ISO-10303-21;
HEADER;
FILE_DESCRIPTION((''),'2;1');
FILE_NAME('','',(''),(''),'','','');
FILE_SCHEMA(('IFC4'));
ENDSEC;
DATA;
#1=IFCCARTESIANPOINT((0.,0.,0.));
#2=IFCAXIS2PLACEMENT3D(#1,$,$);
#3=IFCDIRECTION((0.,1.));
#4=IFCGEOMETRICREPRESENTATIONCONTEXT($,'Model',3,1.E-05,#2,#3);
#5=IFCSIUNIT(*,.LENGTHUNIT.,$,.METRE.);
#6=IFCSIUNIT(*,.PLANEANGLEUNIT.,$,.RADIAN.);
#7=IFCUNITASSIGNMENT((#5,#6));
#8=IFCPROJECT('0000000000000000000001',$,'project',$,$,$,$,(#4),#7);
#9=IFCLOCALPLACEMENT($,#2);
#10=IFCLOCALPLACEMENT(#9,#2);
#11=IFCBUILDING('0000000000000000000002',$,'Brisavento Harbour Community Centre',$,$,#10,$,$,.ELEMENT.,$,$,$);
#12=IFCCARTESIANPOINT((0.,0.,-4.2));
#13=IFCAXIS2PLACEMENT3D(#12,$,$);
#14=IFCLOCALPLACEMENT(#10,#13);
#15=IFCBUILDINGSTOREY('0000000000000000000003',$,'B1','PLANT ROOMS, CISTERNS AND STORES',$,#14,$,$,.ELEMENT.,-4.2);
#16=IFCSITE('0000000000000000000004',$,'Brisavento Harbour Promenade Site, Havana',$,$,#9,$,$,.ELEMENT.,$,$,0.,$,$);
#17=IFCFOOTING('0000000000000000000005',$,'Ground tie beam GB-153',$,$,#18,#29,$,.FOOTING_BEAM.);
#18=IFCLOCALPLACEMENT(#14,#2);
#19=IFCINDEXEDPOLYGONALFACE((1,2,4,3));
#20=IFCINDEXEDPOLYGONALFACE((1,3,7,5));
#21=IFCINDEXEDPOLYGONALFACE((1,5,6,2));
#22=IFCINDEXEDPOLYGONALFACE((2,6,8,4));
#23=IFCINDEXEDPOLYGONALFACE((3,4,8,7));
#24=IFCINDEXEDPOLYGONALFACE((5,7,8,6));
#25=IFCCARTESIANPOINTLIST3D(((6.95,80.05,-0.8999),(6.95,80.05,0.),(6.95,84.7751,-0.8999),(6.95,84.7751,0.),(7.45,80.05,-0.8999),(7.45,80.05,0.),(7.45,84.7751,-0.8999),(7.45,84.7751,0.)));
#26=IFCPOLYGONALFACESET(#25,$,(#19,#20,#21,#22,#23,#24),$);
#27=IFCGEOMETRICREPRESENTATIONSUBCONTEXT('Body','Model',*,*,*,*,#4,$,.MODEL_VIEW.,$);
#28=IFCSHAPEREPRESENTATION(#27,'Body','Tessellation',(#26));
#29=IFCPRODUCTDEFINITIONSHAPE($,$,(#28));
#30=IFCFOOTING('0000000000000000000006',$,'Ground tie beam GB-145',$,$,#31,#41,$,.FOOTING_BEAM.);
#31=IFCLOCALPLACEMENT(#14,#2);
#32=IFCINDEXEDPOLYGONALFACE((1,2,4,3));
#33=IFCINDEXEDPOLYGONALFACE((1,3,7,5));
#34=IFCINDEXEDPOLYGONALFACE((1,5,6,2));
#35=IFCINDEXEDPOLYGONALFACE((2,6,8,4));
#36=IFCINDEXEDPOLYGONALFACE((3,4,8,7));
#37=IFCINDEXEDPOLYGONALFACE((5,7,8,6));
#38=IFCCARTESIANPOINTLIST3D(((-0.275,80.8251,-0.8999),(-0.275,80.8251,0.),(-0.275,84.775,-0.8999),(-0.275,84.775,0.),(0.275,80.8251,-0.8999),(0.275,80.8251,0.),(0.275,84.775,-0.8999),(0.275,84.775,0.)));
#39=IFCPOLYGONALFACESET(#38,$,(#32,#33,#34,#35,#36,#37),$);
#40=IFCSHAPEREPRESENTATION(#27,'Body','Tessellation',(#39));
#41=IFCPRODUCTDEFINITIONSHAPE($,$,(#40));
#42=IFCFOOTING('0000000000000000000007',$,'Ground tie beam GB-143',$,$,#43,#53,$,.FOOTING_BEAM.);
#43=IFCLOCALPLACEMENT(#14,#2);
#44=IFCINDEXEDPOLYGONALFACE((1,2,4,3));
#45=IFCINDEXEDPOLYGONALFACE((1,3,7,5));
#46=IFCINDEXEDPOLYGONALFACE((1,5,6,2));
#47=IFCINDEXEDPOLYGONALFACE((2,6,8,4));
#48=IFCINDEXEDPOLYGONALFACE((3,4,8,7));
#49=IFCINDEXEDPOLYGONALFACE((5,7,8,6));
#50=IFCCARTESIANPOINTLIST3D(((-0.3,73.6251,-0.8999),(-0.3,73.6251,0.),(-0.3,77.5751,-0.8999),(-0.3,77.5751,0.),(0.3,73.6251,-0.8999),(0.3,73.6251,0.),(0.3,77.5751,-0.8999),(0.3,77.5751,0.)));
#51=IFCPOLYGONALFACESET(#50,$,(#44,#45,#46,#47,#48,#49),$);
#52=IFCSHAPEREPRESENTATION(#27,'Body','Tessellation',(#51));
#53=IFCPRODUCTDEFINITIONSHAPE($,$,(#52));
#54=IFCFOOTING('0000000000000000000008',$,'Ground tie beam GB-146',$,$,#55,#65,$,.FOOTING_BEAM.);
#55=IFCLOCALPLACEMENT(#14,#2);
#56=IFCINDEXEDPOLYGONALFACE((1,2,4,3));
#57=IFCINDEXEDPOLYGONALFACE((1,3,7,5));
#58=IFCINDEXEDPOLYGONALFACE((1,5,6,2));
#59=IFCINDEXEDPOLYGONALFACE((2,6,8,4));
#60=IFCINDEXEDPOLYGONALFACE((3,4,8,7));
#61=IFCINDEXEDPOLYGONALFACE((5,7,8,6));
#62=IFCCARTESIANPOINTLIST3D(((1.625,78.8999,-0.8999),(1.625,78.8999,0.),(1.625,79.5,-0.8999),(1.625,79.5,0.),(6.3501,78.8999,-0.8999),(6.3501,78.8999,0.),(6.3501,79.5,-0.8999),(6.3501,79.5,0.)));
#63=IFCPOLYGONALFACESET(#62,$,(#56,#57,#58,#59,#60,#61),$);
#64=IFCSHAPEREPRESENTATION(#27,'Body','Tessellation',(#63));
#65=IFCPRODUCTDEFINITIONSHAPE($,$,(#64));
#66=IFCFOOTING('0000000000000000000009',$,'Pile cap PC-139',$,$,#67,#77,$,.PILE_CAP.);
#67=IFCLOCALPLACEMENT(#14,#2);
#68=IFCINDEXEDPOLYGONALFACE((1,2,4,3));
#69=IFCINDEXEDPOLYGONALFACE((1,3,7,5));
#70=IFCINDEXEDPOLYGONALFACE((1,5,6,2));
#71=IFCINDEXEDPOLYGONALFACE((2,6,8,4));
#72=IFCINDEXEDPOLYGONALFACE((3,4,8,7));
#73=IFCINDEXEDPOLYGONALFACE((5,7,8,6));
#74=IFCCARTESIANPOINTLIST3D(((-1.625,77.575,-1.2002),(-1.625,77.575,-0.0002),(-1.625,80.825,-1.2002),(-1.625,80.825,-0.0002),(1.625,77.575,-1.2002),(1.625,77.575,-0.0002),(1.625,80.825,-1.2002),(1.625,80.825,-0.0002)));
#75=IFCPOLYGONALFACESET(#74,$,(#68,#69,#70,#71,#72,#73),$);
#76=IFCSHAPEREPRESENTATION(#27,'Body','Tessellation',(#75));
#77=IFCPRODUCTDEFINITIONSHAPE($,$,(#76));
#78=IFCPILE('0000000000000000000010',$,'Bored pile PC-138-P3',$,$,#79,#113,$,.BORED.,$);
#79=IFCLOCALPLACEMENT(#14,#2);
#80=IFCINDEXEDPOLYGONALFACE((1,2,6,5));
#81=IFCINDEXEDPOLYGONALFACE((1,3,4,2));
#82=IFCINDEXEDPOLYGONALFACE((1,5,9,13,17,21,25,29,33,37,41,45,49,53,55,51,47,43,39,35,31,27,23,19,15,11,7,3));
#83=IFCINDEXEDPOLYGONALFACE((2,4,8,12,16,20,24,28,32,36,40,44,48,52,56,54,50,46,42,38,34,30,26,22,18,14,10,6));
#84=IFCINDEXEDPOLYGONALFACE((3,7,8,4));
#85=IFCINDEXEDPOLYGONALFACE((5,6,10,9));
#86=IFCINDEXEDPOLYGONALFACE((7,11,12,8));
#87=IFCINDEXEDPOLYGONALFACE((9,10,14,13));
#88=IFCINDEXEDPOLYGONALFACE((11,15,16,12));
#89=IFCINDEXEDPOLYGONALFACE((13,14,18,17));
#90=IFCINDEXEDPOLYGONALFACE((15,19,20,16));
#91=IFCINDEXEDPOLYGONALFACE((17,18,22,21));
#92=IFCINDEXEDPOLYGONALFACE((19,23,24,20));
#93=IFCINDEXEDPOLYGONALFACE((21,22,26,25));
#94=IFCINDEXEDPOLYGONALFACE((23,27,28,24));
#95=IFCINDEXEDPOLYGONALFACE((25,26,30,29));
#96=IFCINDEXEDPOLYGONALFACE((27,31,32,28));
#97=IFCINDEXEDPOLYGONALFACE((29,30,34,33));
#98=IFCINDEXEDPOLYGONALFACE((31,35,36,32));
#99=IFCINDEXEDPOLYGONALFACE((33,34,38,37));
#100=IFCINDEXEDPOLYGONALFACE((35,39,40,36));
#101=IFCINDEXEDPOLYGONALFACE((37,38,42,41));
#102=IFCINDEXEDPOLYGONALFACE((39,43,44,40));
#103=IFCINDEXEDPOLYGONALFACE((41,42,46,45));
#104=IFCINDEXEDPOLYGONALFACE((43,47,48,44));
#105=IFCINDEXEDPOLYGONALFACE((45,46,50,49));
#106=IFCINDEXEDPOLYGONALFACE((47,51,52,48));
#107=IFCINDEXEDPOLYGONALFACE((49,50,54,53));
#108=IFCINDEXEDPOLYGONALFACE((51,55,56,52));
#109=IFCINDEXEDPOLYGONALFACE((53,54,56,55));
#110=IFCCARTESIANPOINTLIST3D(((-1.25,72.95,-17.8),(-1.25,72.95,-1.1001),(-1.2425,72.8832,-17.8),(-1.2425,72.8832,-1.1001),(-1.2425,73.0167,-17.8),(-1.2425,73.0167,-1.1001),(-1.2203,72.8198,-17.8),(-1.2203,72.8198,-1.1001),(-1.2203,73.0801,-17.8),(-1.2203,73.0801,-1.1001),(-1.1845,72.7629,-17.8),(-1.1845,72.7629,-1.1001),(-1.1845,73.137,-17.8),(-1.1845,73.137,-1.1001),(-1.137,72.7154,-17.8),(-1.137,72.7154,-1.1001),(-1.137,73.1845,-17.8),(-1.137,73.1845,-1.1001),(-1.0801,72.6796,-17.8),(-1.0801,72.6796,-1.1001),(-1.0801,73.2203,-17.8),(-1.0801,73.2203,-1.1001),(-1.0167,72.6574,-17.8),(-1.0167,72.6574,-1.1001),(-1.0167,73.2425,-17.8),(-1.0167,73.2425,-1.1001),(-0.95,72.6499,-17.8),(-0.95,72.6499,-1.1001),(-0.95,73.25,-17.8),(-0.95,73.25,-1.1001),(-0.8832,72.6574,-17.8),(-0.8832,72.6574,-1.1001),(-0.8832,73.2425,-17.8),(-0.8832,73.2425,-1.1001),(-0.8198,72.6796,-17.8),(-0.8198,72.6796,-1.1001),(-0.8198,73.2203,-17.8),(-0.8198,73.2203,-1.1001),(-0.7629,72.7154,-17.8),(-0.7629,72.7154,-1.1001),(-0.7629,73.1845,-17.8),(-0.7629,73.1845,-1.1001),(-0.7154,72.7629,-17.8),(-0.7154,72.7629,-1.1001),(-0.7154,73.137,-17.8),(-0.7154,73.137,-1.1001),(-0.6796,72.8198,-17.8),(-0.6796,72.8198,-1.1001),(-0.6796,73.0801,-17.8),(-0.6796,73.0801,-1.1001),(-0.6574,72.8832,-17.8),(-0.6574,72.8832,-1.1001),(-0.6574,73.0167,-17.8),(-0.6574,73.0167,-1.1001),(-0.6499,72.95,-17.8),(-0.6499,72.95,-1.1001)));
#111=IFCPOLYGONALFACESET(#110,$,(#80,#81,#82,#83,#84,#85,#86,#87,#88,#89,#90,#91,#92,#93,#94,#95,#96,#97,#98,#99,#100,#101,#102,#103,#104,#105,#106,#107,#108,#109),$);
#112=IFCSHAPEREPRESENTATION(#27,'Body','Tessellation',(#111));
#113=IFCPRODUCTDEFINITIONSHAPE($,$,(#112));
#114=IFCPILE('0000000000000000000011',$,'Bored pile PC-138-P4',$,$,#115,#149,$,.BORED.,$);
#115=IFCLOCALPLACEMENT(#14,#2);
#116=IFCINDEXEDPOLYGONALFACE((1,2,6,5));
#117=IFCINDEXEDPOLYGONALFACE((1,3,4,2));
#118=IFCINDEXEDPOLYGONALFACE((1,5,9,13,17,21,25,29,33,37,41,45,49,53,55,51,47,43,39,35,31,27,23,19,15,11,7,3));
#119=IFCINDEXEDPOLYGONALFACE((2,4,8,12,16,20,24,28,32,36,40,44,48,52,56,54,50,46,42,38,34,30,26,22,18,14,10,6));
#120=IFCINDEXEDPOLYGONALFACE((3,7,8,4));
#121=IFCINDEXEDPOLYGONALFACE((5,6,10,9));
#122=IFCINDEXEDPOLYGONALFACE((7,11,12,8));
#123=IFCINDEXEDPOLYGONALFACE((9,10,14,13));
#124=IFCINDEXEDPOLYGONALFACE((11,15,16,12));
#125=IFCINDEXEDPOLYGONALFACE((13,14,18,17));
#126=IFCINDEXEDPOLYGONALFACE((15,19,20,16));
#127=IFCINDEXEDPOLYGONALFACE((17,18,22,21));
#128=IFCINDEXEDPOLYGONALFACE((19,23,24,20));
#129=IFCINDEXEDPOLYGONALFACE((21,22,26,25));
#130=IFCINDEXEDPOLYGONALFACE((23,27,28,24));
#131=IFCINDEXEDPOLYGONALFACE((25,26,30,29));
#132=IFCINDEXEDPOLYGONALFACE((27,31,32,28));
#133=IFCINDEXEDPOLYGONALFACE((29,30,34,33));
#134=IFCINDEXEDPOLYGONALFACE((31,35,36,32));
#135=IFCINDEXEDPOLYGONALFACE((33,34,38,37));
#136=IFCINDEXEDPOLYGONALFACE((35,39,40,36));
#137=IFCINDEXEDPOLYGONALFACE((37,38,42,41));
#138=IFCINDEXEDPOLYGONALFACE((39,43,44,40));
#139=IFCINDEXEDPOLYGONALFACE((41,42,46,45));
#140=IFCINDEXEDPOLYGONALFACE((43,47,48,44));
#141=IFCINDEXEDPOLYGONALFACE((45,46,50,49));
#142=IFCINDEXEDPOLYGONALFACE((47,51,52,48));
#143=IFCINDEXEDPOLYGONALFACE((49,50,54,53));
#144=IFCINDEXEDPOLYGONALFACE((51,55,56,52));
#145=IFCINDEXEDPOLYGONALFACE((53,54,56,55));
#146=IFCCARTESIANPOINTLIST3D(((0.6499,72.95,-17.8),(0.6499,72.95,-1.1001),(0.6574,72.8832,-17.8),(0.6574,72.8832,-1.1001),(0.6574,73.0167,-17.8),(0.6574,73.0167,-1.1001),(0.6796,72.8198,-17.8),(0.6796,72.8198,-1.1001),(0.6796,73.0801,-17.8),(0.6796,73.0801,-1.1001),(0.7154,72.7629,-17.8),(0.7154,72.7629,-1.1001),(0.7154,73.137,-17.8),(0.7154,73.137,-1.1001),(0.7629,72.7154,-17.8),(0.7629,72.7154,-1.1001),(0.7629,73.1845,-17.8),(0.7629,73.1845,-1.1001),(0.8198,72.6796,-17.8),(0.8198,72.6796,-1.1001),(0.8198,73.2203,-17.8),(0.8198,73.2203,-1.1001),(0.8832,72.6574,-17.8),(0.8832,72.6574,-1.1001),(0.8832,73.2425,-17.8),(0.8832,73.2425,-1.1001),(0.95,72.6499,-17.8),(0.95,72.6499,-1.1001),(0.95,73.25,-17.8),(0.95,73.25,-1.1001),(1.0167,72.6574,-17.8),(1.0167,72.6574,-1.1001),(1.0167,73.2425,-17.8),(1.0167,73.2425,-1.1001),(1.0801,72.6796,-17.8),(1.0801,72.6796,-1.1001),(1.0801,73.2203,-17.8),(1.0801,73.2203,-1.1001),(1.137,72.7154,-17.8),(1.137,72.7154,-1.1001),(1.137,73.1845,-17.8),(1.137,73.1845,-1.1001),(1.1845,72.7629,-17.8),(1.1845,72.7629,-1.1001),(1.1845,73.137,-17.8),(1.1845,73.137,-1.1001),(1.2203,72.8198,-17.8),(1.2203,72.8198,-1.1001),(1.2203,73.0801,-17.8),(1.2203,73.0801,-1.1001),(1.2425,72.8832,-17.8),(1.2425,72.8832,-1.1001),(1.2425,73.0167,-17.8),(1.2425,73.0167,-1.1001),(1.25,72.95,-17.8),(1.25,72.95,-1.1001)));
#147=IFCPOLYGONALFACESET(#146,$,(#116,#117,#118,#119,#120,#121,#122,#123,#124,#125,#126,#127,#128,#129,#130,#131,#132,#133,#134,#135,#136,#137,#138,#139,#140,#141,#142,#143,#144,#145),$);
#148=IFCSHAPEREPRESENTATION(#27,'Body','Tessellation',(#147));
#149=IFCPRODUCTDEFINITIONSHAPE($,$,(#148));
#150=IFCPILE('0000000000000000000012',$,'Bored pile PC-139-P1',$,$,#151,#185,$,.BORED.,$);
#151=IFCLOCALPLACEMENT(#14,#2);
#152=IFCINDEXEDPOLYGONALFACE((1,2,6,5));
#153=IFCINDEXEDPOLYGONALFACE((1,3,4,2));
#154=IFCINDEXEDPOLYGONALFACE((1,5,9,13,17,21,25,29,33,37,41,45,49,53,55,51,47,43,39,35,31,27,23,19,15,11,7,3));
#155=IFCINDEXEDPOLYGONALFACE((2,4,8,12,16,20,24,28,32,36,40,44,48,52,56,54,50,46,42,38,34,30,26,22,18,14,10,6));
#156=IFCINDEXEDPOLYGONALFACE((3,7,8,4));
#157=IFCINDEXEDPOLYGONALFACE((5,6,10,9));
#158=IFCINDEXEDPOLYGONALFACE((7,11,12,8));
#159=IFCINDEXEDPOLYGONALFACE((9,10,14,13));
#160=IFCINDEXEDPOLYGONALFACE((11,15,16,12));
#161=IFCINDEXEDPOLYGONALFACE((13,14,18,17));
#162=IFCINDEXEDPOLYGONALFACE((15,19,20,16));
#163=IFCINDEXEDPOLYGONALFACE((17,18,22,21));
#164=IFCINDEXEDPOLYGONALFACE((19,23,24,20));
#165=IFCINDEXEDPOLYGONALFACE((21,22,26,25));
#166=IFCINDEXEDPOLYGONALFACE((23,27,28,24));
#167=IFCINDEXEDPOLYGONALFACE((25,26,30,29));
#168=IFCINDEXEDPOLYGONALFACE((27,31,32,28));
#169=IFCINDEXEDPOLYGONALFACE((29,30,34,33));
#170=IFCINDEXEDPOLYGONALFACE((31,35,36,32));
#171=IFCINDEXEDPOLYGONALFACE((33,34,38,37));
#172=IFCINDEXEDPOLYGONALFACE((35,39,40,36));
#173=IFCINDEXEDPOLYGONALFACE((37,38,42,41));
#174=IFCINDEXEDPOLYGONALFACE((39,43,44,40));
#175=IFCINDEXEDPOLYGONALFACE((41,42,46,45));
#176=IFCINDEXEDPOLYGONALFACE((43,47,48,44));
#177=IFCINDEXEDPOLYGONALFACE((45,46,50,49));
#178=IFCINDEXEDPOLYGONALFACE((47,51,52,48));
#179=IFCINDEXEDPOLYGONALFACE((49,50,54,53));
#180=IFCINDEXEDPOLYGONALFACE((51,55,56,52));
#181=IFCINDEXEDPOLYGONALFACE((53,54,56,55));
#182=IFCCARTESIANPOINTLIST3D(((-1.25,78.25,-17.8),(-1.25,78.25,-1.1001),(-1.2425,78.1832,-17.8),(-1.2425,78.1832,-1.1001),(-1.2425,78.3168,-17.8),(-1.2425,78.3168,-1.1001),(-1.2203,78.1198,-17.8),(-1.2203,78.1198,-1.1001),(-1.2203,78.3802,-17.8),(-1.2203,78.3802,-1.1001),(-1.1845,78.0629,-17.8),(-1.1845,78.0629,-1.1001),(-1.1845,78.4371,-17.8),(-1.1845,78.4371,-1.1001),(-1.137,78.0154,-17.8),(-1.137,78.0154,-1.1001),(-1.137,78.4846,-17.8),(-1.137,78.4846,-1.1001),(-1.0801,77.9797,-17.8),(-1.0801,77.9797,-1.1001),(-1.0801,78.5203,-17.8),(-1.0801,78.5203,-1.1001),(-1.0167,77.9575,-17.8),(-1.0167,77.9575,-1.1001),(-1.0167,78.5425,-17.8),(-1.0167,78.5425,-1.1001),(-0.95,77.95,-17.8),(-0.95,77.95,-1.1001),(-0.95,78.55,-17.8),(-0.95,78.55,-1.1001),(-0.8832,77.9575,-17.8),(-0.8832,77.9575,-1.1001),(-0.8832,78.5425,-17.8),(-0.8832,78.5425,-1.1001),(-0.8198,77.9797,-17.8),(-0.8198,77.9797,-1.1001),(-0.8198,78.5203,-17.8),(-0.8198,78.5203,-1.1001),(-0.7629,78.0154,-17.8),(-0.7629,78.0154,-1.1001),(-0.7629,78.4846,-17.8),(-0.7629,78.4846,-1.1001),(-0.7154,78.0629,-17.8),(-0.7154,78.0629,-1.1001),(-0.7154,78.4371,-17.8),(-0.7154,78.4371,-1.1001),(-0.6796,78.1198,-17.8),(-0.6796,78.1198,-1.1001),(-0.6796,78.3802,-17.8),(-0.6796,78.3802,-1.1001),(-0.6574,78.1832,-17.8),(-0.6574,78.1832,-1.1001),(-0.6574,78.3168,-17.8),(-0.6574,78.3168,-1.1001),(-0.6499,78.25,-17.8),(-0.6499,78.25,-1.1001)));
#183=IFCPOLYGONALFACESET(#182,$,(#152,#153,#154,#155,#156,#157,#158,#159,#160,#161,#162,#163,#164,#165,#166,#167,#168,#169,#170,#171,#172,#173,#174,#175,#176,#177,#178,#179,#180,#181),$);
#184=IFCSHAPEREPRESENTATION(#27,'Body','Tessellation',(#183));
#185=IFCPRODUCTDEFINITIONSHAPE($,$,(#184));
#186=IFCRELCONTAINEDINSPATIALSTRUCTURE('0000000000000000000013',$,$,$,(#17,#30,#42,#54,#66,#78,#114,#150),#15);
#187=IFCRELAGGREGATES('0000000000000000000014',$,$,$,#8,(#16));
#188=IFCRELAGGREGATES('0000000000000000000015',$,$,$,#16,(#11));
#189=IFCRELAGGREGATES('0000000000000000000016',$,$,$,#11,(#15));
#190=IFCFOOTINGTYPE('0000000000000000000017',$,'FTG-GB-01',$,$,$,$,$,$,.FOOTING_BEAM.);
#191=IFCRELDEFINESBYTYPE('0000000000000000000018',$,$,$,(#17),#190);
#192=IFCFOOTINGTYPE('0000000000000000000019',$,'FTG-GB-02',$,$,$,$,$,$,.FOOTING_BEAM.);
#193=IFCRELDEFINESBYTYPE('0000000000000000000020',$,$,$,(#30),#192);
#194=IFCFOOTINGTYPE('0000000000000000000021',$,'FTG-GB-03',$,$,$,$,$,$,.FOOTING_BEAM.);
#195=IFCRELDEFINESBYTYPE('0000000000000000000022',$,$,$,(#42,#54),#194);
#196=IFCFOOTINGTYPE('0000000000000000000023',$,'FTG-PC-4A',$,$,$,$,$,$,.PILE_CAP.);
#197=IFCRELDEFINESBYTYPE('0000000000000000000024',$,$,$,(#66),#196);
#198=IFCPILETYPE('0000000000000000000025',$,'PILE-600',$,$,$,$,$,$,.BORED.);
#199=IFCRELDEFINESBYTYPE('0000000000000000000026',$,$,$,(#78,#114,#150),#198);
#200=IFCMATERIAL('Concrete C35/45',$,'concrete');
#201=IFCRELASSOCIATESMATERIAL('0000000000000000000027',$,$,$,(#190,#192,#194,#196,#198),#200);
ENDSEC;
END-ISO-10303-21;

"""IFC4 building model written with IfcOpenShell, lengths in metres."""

from ifc_helpers import new_model, si_unit, direction, frame, origin, origin_2d, place, context, subcontext, project, spatial, rectangle, circle, extrude, material, material_profile, profile_set, type_object, element, save


model = new_model("IFC4")

# Units and contexts
model_context = context("Model", 3, precision=1e-05, world=origin(), true_north=direction((0.0, 1.0)))
body_context = subcontext(model_context, "Body", "Model", "MODEL_VIEW")
ifc_project = project(units=[si_unit("LENGTHUNIT", "METRE"), si_unit("PLANEANGLEUNIT", "RADIAN")], contexts=[model_context])

# Site, building, storey
site_placement = place(None, origin())
site = spatial("IfcSite", under=ifc_project, at=site_placement, Name="Brisavento Harbour Promenade Site, Havana", CompositionType="ELEMENT", RefElevation=0.0)
building_placement = place(site_placement, origin())
building = spatial("IfcBuilding", under=site, at=building_placement, Name="Brisavento Harbour Community Centre", CompositionType="ELEMENT")
storey_placement = place(building_placement, frame((0.0, 0.0, -4.2)))
storey = spatial("IfcBuildingStorey", under=building, at=storey_placement, Name="B1", Description="PLANT ROOMS, CISTERNS AND STORES", CompositionType="ELEMENT", Elevation=-4.2)

# Footings
ifc_material_1 = material(Name="Concrete C35/45", Category="concrete")
footing_type_1 = type_object("IfcFootingType", Name="FTG-GB-01", PredefinedType="FOOTING_BEAM", material=ifc_material_1)
footing_1_placement = place(storey_placement, frame((7.2, 82.4126, -0.8999), z_axis=(0.0, 0.0, 1.0), x_axis=(1.0, 0.0, 0.0)))
element("IfcFooting", 1, at=footing_1_placement, inside=storey, type_object=footing_type_1, Name="Ground tie beam GB-153", PredefinedType="FOOTING_BEAM", context=body_context, shape_type="SweptSolid", body=[
    extrude(rectangle(XDim=0.5, YDim=4.7251, at=origin_2d()), origin(), (0.0, 0.0, 1.0), 0.8999),
])
footing_type_2 = type_object("IfcFootingType", Name="FTG-GB-02", PredefinedType="FOOTING_BEAM", material=ifc_material_1)
footing_2_placement = place(storey_placement, frame((0.0, 82.8, -0.8999), z_axis=(0.0, 0.0, 1.0), x_axis=(1.0, 0.0, 0.0)))
element("IfcFooting", 2, at=footing_2_placement, inside=storey, type_object=footing_type_2, Name="Ground tie beam GB-145", PredefinedType="FOOTING_BEAM", context=body_context, shape_type="SweptSolid", body=[
    extrude(rectangle(XDim=0.55, YDim=3.95, at=origin_2d()), origin(), (0.0, 0.0, 1.0), 0.8999),
])
footing_type_3 = type_object("IfcFootingType", Name="FTG-GB-03", PredefinedType="FOOTING_BEAM", material=ifc_material_1)
footing_3_placement = place(storey_placement, frame((0.0, 75.6001, -0.8999), z_axis=(0.0, 0.0, 1.0), x_axis=(1.0, 0.0, 0.0)))
element("IfcFooting", 3, at=footing_3_placement, inside=storey, type_object=footing_type_3, Name="Ground tie beam GB-143", PredefinedType="FOOTING_BEAM", context=body_context, shape_type="SweptSolid", body=[
    extrude(rectangle(XDim=0.6001, YDim=3.95, at=origin_2d()), origin(), (0.0, 0.0, 1.0), 0.8999),
])
footing_4_placement = place(storey_placement, frame((3.9875, 79.2, -0.8999), z_axis=(0.0, 0.0, 1.0), x_axis=(1.0, 0.0, 0.0)))
element("IfcFooting", 4, at=footing_4_placement, inside=storey, type_object=footing_type_3, Name="Ground tie beam GB-146", PredefinedType="FOOTING_BEAM", context=body_context, shape_type="SweptSolid", body=[
    extrude(rectangle(XDim=4.7251, YDim=0.6001, at=origin_2d()), origin(), (0.0, 0.0, 1.0), 0.8999),
])
footing_type_4 = type_object("IfcFootingType", Name="FTG-PC-4A", PredefinedType="PILE_CAP", material=ifc_material_1)
footing_5_placement = place(storey_placement, frame((0.0, 79.2, -1.2002), z_axis=(0.0, 0.0, 1.0), x_axis=(1.0, 0.0, 0.0)))
element("IfcFooting", 5, at=footing_5_placement, inside=storey, type_object=footing_type_4, Name="Pile cap PC-139", PredefinedType="PILE_CAP", context=body_context, shape_type="SweptSolid", body=[
    extrude(rectangle(XDim=3.25, YDim=3.25, at=origin_2d()), origin(), (0.0, 0.0, 1.0), 1.2),
])

# Piles
ifc_material_profile_1 = material_profile(ifc_material_1, circle(Radius=0.3, at=origin_2d()), Name="Concrete C35/45")
ifc_profile_set_1 = profile_set([ifc_material_profile_1], Name="Concrete C35/45")
pile_type_1 = type_object("IfcPileType", Name="PILE-600", PredefinedType="BORED", material=ifc_profile_set_1)
for number, where, z_axis, x_axis, name in (
    (6, (-0.95, 72.95, -1.1001), (0.0, 0.0, -1.0), (1.0, 0.0, 0.0), "Bored pile PC-138-P3"),
    (7, (0.95, 72.95, -1.1001), (0.0, 0.0, -1.0), (1.0, 0.0, 0.0), "Bored pile PC-138-P4"),
    (8, (-0.95, 78.25, -1.1001), (0.0, 0.0, -1.0), (1.0, 0.0, 0.0), "Bored pile PC-139-P1"),
):
    element("IfcPile", number, at=place(storey_placement, frame(where, z_axis=z_axis, x_axis=x_axis)), inside=storey, type_object=pile_type_1, Name=name, PredefinedType="BORED", context=body_context, shape_type="SweptSolid", body=[
        extrude(circle(Radius=0.3, at=origin_2d()), origin(), (0.0, 0.0, 1.0), 16.7),
    ])

save(model, "model.ifc")
